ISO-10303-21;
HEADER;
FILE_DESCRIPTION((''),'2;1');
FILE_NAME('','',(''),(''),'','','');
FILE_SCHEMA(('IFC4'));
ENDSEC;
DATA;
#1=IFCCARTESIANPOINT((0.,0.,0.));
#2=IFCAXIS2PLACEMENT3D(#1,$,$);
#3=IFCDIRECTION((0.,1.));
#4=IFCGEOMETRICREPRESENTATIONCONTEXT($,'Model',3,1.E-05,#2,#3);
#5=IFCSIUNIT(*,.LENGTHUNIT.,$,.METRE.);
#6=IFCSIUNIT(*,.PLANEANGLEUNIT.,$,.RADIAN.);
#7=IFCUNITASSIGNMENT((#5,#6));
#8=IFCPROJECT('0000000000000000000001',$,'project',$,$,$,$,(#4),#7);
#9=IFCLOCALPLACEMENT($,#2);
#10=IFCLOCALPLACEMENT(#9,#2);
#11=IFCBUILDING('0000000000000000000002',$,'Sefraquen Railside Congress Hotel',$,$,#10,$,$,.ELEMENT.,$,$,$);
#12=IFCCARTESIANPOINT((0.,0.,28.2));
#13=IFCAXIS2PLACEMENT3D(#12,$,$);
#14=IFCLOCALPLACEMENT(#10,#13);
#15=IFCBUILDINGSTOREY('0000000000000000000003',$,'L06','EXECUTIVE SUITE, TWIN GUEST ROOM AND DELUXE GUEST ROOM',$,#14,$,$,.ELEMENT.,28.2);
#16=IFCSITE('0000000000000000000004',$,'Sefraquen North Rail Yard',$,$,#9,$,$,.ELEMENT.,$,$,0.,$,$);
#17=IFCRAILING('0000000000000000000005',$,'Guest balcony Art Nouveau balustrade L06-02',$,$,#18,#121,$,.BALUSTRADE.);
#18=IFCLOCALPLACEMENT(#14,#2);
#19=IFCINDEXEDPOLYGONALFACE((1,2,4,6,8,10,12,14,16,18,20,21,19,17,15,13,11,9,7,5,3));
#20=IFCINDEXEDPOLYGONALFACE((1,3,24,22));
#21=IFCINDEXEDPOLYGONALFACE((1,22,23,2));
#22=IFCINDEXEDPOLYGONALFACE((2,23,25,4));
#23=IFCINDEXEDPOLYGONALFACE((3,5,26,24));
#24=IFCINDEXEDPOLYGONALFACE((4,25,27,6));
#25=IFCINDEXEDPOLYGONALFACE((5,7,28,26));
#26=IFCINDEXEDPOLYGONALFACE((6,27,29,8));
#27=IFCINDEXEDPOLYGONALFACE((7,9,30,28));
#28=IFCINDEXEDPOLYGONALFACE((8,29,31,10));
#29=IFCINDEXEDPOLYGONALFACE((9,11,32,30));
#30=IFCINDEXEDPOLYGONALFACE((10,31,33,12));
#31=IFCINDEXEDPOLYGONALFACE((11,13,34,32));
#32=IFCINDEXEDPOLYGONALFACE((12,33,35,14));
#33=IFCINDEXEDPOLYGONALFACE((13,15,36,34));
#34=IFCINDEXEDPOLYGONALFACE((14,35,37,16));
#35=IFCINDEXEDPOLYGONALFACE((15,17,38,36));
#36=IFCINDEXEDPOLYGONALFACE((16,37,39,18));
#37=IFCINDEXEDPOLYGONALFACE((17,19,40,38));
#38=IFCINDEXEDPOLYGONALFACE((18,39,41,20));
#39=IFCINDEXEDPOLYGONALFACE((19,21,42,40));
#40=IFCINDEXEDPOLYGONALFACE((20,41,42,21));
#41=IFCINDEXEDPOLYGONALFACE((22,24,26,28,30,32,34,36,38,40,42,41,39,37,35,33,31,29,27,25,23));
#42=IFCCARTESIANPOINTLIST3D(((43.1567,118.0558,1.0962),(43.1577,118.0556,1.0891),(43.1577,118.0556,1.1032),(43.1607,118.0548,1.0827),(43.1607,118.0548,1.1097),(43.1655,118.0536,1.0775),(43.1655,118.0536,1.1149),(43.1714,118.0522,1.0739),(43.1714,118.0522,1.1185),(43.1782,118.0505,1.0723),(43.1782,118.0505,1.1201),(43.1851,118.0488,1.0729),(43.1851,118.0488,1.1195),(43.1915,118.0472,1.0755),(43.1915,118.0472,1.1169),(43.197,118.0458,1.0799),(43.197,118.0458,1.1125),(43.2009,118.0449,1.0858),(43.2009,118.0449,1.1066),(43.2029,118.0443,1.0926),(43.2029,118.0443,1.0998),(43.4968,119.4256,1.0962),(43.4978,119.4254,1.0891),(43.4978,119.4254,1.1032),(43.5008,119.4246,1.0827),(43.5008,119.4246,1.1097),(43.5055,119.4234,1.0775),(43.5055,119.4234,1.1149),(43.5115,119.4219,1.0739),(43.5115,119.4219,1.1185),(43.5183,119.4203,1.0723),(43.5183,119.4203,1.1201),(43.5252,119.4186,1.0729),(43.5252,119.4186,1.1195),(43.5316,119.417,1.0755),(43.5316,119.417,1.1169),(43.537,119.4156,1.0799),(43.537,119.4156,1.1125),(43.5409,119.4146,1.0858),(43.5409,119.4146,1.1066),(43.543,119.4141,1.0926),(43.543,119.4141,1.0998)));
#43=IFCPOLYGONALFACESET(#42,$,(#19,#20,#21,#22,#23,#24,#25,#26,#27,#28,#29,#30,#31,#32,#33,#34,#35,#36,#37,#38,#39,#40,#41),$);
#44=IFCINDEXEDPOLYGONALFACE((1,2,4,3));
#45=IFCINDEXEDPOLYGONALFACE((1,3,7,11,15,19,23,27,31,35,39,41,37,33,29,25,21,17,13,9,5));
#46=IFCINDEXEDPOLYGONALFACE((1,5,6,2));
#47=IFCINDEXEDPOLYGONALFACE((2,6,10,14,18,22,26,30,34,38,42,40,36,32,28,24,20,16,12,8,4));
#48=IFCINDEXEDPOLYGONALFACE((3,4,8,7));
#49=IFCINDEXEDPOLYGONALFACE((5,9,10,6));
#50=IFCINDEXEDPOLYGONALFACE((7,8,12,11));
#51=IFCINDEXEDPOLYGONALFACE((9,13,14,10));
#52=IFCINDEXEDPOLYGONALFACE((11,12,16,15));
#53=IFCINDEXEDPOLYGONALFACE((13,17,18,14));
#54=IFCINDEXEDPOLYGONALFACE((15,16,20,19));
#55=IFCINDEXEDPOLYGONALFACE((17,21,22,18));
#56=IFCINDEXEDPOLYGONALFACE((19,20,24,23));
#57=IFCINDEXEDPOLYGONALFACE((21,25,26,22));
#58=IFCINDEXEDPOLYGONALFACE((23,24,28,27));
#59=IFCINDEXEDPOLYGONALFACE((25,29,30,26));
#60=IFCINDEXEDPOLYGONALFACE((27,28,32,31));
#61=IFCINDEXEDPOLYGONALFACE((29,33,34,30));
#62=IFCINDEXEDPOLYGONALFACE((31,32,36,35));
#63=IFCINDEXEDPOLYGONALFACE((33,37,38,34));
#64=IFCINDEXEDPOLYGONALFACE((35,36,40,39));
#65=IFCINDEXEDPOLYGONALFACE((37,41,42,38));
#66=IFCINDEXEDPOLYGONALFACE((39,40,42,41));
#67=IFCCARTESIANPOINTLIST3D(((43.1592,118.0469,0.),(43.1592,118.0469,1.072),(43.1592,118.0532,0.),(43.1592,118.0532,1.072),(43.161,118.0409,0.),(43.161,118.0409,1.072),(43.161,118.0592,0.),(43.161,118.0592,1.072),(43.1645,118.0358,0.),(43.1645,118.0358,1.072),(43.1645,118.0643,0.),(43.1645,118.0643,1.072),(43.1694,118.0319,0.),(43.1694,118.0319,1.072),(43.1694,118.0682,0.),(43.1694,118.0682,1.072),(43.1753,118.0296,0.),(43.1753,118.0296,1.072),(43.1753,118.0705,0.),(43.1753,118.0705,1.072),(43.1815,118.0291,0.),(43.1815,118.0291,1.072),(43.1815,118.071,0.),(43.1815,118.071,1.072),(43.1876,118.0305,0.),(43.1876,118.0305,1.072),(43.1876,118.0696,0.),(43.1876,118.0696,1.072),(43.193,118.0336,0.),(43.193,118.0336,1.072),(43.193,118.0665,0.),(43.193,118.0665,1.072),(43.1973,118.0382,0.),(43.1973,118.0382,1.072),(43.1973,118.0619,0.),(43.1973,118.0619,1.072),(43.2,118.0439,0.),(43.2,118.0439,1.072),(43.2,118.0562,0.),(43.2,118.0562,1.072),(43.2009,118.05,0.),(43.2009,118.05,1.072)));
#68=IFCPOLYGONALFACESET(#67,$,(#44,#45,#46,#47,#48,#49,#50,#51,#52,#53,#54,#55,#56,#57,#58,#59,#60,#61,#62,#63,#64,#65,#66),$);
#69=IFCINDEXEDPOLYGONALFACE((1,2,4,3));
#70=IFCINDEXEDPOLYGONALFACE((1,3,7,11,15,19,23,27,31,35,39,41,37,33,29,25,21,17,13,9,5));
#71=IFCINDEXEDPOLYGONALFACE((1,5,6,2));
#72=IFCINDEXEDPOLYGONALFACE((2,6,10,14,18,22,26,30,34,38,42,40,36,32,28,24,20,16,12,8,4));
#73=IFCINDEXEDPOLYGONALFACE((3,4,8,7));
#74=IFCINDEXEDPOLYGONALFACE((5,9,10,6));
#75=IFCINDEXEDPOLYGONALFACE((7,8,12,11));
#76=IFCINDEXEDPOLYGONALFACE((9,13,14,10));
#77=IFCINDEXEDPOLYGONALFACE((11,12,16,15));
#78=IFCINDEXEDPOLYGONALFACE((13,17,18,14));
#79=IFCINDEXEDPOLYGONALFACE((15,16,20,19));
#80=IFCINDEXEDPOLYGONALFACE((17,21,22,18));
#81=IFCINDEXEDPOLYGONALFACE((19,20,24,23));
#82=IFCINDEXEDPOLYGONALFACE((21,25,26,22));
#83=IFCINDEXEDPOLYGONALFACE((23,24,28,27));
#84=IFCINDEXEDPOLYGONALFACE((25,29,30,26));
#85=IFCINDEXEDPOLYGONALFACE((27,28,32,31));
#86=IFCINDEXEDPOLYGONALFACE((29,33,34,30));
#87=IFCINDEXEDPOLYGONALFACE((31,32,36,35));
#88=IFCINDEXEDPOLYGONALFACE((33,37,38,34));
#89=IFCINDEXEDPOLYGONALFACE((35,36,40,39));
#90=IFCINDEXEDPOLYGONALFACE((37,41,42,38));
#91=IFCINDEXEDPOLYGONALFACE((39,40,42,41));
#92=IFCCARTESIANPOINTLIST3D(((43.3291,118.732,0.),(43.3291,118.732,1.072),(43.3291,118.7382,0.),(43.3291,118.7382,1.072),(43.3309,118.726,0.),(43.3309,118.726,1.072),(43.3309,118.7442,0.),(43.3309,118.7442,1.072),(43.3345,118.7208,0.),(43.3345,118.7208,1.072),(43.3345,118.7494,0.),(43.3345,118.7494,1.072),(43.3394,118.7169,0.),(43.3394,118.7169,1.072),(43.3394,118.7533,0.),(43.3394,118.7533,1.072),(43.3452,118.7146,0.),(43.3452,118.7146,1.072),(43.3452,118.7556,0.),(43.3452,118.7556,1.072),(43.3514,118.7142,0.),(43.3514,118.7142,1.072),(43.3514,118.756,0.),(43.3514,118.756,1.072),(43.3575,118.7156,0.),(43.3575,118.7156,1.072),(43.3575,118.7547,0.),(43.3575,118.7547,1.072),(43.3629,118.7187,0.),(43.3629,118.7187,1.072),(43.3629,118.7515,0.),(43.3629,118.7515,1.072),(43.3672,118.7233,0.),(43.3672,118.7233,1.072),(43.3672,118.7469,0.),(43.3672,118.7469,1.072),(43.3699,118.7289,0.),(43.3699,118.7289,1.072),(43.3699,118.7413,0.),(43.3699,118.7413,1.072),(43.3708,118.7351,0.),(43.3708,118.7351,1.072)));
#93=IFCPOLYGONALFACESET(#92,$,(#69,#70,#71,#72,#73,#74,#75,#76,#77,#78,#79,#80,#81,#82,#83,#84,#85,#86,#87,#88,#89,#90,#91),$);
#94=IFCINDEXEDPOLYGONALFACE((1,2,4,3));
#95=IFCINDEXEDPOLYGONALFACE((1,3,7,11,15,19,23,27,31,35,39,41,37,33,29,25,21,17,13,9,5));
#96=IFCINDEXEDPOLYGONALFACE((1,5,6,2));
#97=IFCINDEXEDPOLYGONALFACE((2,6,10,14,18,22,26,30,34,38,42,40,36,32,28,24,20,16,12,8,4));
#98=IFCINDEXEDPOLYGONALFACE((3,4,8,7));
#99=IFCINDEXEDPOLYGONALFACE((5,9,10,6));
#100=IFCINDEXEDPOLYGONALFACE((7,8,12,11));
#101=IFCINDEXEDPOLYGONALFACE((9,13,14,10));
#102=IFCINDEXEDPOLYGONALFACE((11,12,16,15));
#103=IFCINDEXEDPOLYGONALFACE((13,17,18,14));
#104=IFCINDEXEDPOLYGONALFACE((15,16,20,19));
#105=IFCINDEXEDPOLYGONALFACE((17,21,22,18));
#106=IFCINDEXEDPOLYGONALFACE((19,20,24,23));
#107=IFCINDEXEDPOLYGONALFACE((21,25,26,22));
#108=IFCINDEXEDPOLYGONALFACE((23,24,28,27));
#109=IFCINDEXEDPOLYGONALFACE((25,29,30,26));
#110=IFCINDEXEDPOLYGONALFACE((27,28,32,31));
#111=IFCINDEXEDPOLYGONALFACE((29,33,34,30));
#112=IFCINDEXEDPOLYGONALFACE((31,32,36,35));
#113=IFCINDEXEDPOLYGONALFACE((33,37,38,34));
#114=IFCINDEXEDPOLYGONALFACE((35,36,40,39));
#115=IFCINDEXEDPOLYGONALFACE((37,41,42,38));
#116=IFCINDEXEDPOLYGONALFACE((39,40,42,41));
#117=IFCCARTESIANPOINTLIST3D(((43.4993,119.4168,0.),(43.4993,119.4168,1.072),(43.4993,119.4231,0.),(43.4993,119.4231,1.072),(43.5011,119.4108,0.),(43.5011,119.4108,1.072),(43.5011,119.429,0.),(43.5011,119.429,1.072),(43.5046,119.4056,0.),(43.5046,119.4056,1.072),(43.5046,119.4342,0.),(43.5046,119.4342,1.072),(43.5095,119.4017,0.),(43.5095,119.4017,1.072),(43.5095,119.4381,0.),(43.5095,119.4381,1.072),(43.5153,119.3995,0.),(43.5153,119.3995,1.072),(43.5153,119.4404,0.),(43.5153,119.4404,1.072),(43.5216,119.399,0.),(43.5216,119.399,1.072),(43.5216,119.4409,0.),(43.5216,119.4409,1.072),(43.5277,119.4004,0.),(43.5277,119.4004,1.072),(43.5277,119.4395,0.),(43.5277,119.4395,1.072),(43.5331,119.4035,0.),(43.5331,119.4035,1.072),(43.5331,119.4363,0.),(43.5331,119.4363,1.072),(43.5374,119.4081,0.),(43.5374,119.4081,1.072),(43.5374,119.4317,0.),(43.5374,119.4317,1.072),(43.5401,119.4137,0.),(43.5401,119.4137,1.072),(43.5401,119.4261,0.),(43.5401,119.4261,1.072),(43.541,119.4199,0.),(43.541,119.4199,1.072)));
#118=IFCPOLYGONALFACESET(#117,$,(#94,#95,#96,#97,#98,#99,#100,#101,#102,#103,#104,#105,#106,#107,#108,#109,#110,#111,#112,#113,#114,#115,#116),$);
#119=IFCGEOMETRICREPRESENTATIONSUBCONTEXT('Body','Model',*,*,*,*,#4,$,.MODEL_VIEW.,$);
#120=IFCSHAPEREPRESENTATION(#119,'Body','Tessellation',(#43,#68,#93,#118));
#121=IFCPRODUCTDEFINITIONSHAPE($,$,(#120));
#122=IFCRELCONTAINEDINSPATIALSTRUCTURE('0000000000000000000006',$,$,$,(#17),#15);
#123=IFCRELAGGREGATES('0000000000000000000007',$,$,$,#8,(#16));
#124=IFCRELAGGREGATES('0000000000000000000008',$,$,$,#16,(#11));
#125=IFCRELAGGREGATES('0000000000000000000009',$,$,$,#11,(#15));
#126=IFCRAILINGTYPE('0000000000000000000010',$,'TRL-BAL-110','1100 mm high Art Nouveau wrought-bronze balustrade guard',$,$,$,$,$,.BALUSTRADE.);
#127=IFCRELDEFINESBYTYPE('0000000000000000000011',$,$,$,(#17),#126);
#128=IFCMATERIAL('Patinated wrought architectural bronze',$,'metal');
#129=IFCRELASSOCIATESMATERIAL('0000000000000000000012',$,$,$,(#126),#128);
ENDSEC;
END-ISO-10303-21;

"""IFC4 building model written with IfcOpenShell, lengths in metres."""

from ifc_helpers import new_model, si_unit, direction, frame, origin, origin_2d, place, context, subcontext, project, spatial, circle, extrude, material, type_object, element, save


model = new_model("IFC4")

# Units and contexts
model_context = context("Model", 3, precision=1e-05, world=origin(), true_north=direction((0.0, 1.0)))
body_context = subcontext(model_context, "Body", "Model", "MODEL_VIEW")
ifc_project = project(units=[si_unit("LENGTHUNIT", "METRE"), si_unit("PLANEANGLEUNIT", "RADIAN")], contexts=[model_context])

# Site, building, storey
site_placement = place(None, origin())
site = spatial("IfcSite", under=ifc_project, at=site_placement, Name="Sefraquen North Rail Yard", CompositionType="ELEMENT", RefElevation=0.0)
building_placement = place(site_placement, origin())
building = spatial("IfcBuilding", under=site, at=building_placement, Name="Sefraquen Railside Congress Hotel", CompositionType="ELEMENT")
storey_placement = place(building_placement, frame((0.0, 0.0, 28.2)))
storey = spatial("IfcBuildingStorey", under=building, at=storey_placement, Name="L06", Description="EXECUTIVE SUITE, TWIN GUEST ROOM AND DELUXE GUEST ROOM", CompositionType="ELEMENT", Elevation=28.2)

# Railing
ifc_material_1 = material(Name="Patinated wrought architectural bronze", Category="metal")
railing_type = type_object("IfcRailingType", Name="TRL-BAL-110", Description="1100 mm high Art Nouveau wrought-bronze balustrade guard", PredefinedType="BALUSTRADE", material=ifc_material_1)
railing_1_placement = place(storey_placement, frame((43.1799, 118.05, 0.0)))
element("IfcRailing", 1, at=railing_1_placement, inside=storey, type_object=railing_type, Name="Guest balcony Art Nouveau balustrade L06-02", PredefinedType="BALUSTRADE", context=body_context, shape_type="SweptSolid", body=[
    extrude(circle(Radius=0.0239, at=origin_2d()), frame((0.0, 0.0, 1.0962), z_axis=(0.240948, 0.970538, 0.0), x_axis=(-0.970538, 0.240948, 0.0)), (0.0, 0.0, 1.0), 1.4114),
    extrude(circle(Radius=0.021, at=origin_2d()), origin(), (0.0, 0.0, 1.0), 1.072),
    extrude(circle(Radius=0.021, at=origin_2d()), frame((0.1699, 0.6851, 0.0)), (0.0, 0.0, 1.0), 1.072),
    extrude(circle(Radius=0.021, at=origin_2d()), frame((0.3401, 1.3699, 0.0)), (0.0, 0.0, 1.0), 1.072),
])

save(model, "model.ifc")
